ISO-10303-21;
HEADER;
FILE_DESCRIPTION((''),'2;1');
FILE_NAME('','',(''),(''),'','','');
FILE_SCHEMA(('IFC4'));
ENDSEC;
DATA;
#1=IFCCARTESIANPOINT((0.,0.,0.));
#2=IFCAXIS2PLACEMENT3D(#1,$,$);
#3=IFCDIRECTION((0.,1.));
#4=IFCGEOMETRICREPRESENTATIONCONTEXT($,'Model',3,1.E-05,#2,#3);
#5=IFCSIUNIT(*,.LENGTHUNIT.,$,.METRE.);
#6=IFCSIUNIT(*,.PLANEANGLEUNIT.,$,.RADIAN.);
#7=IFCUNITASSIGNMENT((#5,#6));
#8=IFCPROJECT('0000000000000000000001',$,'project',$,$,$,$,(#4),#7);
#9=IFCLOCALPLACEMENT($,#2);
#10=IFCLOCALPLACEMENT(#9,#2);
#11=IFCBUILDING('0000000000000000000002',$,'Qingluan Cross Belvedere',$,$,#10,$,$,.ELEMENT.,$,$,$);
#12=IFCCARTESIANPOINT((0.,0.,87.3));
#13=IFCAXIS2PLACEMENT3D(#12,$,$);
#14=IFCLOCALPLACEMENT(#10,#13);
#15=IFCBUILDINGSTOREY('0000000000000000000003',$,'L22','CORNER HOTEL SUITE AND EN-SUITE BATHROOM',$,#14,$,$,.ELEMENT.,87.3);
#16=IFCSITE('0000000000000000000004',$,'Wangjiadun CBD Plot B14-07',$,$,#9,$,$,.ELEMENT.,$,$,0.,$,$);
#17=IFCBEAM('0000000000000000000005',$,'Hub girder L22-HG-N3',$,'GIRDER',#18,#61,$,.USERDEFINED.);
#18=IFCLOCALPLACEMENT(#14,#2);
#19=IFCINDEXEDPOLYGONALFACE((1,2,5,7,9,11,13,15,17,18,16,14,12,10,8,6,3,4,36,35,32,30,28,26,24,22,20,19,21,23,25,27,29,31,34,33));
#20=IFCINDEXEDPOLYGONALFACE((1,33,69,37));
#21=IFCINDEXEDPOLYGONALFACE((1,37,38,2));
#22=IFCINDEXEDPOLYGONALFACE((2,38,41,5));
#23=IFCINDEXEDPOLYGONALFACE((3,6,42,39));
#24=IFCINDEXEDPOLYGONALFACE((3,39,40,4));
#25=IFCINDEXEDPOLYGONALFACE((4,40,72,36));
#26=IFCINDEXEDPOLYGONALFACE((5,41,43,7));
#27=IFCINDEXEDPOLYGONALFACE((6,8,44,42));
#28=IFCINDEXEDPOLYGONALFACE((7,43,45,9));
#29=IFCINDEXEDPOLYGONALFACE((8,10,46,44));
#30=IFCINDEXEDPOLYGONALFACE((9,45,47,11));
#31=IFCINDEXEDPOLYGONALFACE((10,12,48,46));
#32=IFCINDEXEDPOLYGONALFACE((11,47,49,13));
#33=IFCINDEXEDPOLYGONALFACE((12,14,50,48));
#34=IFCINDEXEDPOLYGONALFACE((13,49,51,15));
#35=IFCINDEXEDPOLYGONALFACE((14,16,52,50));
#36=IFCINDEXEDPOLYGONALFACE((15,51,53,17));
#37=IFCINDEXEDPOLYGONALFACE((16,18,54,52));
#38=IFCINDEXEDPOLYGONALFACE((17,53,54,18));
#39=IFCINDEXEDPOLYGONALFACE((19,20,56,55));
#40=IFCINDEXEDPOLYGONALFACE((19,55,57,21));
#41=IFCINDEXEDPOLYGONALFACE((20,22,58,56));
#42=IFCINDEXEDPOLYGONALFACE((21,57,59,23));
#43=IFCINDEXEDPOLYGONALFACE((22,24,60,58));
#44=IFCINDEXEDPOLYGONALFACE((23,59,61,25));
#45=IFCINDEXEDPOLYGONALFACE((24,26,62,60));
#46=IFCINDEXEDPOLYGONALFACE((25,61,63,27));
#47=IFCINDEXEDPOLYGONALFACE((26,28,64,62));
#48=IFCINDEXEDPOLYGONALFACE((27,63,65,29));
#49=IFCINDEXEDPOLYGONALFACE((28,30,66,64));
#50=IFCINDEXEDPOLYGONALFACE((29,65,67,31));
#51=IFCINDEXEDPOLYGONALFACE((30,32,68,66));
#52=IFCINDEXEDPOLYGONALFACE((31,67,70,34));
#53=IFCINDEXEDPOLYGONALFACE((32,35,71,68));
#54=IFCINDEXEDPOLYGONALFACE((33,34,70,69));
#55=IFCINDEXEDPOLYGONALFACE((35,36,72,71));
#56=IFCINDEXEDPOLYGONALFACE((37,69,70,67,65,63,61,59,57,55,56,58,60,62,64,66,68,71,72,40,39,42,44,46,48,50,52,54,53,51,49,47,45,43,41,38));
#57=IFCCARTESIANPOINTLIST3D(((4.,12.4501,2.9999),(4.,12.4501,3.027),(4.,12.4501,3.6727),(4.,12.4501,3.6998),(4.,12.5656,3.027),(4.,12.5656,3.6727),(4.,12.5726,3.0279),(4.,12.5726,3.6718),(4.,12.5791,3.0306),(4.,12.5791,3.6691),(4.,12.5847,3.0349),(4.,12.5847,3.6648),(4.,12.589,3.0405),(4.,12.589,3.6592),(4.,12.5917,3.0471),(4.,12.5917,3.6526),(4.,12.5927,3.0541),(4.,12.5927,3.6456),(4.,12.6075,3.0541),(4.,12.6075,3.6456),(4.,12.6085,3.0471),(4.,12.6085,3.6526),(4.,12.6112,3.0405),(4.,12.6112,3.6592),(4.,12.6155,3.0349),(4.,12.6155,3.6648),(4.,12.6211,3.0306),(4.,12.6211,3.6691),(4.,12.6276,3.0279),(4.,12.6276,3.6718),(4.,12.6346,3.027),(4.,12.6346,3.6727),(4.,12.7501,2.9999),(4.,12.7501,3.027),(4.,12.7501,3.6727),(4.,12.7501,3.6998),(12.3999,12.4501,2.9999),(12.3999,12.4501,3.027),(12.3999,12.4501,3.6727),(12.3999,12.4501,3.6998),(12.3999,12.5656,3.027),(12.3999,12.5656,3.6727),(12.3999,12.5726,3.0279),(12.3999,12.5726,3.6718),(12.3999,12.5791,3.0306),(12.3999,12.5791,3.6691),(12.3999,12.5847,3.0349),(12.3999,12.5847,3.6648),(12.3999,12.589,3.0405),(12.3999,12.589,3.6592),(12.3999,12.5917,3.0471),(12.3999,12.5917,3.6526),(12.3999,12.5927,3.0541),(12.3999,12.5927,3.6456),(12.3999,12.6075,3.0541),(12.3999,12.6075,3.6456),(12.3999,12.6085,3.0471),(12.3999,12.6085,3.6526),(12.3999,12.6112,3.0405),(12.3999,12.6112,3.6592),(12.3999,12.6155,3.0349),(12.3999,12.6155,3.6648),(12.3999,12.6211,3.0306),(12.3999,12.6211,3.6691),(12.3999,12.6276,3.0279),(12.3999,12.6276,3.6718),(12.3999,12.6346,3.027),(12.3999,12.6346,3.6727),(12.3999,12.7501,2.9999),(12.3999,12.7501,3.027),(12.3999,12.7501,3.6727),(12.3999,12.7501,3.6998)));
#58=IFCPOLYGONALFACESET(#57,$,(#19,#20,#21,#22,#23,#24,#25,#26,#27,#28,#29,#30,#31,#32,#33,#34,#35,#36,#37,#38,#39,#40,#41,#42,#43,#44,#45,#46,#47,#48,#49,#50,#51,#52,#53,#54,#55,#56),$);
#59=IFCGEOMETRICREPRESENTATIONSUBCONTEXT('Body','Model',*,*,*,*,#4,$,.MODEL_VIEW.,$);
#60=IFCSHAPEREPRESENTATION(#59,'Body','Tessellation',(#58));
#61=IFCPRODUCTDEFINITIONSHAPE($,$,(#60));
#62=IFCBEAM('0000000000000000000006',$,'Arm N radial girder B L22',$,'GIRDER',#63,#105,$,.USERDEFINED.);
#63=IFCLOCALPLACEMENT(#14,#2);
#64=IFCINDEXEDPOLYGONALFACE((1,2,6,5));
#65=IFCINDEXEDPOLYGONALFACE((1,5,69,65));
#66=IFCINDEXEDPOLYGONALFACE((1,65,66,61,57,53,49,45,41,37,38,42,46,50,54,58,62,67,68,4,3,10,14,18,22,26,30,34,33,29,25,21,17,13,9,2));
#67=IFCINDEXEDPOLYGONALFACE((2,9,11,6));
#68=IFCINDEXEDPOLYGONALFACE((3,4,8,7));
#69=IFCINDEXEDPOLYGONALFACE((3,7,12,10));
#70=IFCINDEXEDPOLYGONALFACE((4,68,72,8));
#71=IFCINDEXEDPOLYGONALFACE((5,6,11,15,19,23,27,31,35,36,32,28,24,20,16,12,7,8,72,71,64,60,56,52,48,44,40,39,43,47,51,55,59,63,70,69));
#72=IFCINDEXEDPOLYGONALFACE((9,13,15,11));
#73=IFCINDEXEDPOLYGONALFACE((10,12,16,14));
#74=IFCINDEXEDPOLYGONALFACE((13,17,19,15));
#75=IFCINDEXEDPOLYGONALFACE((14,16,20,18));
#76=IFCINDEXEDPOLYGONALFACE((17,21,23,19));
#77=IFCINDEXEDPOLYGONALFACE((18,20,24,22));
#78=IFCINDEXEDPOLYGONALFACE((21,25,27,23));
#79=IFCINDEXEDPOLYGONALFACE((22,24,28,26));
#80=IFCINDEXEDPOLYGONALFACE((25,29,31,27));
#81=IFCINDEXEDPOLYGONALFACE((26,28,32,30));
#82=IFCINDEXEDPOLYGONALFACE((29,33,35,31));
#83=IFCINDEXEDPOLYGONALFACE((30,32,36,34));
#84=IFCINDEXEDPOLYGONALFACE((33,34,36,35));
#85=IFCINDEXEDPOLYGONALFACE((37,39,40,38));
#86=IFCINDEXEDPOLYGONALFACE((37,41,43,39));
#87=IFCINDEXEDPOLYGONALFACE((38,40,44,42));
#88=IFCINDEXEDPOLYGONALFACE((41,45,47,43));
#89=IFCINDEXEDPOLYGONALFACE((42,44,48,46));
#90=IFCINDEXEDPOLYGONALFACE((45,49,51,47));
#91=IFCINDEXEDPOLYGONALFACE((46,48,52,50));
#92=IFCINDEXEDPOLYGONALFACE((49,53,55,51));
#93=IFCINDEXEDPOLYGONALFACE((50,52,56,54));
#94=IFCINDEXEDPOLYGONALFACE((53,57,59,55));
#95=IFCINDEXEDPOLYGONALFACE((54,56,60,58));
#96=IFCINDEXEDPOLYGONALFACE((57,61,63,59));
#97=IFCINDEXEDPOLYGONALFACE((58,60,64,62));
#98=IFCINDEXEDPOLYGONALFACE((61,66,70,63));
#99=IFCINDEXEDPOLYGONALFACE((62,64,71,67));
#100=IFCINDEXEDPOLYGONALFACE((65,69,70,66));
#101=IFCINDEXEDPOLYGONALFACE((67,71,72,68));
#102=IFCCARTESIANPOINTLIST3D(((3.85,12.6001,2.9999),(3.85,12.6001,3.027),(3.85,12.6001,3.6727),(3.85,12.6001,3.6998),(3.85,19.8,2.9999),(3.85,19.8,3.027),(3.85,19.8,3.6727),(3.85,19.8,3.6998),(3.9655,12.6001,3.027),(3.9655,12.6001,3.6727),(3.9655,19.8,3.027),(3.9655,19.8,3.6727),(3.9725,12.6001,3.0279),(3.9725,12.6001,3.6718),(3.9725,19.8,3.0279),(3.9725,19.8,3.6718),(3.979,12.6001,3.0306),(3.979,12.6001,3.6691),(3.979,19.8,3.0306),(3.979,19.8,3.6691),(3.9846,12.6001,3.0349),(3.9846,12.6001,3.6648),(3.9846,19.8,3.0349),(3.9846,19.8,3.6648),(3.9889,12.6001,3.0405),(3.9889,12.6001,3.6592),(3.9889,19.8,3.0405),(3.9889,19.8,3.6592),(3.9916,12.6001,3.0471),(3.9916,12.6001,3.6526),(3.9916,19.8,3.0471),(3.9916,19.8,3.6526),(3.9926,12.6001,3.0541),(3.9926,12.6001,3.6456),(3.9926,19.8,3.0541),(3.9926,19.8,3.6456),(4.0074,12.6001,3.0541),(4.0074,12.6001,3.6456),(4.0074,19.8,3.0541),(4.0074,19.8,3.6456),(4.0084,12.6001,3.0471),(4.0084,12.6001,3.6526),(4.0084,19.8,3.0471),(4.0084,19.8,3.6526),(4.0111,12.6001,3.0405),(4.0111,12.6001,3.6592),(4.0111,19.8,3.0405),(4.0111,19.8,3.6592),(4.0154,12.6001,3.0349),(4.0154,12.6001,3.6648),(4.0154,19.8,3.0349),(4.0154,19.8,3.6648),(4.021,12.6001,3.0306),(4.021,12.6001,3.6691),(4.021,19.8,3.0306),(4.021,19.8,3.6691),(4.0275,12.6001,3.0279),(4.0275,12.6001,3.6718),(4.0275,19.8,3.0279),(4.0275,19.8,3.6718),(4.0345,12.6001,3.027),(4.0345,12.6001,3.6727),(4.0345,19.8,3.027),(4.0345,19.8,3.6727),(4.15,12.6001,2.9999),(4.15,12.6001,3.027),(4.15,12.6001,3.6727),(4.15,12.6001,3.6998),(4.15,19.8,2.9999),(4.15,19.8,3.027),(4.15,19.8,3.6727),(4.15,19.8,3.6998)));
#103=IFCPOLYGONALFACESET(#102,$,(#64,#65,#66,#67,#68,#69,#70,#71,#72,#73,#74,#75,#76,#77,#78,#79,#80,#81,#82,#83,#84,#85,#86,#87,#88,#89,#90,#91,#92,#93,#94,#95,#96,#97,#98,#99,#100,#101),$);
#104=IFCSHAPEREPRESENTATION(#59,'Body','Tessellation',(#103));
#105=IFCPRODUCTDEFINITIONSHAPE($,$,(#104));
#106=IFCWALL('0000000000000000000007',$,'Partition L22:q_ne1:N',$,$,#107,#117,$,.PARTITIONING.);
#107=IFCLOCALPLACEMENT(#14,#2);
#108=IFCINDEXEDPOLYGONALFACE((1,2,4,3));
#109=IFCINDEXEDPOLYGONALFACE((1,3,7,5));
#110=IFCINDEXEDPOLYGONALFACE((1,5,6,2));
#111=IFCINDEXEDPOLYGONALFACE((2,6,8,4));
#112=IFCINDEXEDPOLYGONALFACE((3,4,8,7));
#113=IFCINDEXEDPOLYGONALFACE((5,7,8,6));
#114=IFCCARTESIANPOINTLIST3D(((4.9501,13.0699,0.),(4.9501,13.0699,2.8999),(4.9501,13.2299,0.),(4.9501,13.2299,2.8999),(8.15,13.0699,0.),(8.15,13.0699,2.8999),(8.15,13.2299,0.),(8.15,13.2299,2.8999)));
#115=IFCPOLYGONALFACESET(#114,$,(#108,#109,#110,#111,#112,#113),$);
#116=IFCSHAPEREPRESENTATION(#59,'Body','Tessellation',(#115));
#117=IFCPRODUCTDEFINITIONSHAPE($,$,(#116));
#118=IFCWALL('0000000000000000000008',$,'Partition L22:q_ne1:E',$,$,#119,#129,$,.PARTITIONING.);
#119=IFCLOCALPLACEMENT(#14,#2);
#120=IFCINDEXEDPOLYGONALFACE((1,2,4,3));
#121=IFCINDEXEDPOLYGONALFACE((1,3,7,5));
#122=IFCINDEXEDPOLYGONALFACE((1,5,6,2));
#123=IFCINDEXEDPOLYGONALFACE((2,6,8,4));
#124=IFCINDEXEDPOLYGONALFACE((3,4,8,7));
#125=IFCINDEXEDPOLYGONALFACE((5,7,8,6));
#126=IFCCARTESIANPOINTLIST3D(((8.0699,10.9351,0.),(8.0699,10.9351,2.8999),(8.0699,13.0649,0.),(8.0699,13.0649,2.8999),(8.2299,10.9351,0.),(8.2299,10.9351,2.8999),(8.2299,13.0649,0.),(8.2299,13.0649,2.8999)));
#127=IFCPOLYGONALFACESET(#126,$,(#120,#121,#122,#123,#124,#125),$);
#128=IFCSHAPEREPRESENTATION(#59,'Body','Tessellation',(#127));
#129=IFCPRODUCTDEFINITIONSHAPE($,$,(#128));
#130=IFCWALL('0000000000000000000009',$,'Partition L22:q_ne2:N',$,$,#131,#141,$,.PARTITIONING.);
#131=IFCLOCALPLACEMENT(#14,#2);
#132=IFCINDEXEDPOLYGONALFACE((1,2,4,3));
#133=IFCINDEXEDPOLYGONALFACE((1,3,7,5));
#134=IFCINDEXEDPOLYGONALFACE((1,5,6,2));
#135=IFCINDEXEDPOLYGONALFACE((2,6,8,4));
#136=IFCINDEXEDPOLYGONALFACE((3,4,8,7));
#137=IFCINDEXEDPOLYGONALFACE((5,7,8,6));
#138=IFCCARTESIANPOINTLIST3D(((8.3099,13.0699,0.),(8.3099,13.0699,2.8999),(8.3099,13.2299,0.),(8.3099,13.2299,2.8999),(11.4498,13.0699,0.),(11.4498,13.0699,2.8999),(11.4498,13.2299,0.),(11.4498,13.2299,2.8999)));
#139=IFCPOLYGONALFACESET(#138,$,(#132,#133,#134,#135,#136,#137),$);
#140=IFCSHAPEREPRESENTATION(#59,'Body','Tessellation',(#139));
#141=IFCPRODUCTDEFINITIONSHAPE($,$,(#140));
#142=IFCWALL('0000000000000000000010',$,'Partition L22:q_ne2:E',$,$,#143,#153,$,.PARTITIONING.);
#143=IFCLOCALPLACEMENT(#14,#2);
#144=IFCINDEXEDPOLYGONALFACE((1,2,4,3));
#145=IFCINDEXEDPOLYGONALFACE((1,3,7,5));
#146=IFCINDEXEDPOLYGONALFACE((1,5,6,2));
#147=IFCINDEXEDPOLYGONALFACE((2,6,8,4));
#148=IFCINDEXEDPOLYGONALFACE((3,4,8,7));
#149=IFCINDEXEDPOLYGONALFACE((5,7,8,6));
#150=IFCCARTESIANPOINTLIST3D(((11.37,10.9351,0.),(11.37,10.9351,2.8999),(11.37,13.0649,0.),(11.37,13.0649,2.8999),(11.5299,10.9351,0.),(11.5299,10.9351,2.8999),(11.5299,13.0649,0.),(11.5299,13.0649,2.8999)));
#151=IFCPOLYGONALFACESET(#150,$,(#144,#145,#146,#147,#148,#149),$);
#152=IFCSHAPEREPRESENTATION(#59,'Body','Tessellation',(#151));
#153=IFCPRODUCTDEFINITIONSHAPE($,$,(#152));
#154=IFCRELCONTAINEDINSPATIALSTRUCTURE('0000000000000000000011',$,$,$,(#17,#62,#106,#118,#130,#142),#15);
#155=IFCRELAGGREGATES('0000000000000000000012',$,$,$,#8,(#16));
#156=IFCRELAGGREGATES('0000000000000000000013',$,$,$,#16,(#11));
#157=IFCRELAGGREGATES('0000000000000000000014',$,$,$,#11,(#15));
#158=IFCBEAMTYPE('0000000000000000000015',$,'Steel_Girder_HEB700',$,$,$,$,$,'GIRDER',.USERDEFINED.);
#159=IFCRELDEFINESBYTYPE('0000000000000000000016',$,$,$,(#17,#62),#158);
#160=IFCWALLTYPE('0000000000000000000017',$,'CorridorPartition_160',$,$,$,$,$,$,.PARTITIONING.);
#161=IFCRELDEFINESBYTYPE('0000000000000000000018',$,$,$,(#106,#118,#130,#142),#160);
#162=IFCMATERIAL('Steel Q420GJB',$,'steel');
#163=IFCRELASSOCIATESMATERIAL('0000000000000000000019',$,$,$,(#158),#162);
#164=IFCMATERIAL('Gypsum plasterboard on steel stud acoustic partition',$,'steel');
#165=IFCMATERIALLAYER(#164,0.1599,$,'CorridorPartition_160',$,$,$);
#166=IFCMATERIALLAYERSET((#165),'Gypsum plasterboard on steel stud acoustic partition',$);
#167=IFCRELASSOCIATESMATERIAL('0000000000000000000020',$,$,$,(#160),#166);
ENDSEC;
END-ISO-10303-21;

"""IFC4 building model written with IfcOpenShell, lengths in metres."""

from ifc_helpers import new_model, si_unit, direction, frame, frame_2d, origin, origin_2d, place, context, subcontext, project, spatial, rectangle, i_section, extrude, material, layer, layer_set, material_profile, profile_set, type_object, element, save


model = new_model("IFC4")

# Units and contexts
model_context = context("Model", 3, precision=1e-05, world=origin(), true_north=direction((0.0, 1.0)))
body_context = subcontext(model_context, "Body", "Model", "MODEL_VIEW")
ifc_project = project(units=[si_unit("LENGTHUNIT", "METRE"), si_unit("PLANEANGLEUNIT", "RADIAN")], contexts=[model_context])

# Site, building, storey
site_placement = place(None, origin())
site = spatial("IfcSite", under=ifc_project, at=site_placement, Name="Wangjiadun CBD Plot B14-07", CompositionType="ELEMENT", RefElevation=0.0)
building_placement = place(site_placement, origin())
building = spatial("IfcBuilding", under=site, at=building_placement, Name="Qingluan Cross Belvedere", CompositionType="ELEMENT")
storey_placement = place(building_placement, frame((0.0, 0.0, 87.3)))
storey = spatial("IfcBuildingStorey", under=building, at=storey_placement, Name="L22", Description="CORNER HOTEL SUITE AND EN-SUITE BATHROOM", CompositionType="ELEMENT", Elevation=87.3)

# Beams
ifc_material_1 = material(Name="Steel Q420GJB", Category="steel")
ifc_material_profile_1 = material_profile(ifc_material_1, i_section(OverallWidth=0.3, OverallDepth=0.7, WebThickness=0.0149, FlangeThickness=0.0271, FilletRadius=0.0271, at=origin_2d()), Name="HEB700")
ifc_profile_set_1 = profile_set([ifc_material_profile_1], Name="Steel Q420GJB")
beam_type_1 = type_object("IfcBeamType", Name="Steel_Girder_HEB700", ElementType="GIRDER", PredefinedType="USERDEFINED", material=ifc_profile_set_1)
beam_1_placement = place(storey_placement, frame((4.0, 12.6001, 3.3499), z_axis=(1.0, 0.0, 0.0), x_axis=(0.0, 1.0, 0.0)))
element("IfcBeam", 1, at=beam_1_placement, inside=storey, type_object=beam_type_1, Name="Hub girder L22-HG-N3", ObjectType="GIRDER", PredefinedType="USERDEFINED", context=body_context, shape_type="SweptSolid", body=[
    extrude(i_section(OverallWidth=0.3, OverallDepth=0.7, WebThickness=0.0149, FlangeThickness=0.0271, FilletRadius=0.0271, at=origin_2d()), origin(), (0.0, 0.0, 1.0), 8.3999),
])
beam_2_placement = place(storey_placement, frame((4.0, 12.6001, 3.3499), z_axis=(0.0, 1.0, 0.0), x_axis=(-1.0, 0.0, 0.0)))
element("IfcBeam", 2, at=beam_2_placement, inside=storey, type_object=beam_type_1, Name="Arm N radial girder B L22", ObjectType="GIRDER", PredefinedType="USERDEFINED", context=body_context, shape_type="SweptSolid", body=[
    extrude(i_section(OverallWidth=0.3, OverallDepth=0.7, WebThickness=0.0149, FlangeThickness=0.0271, FilletRadius=0.0271, at=origin_2d()), origin(), (0.0, 0.0, 1.0), 7.2),
])

# Walls
ifc_material_2 = material(Name="Gypsum plasterboard on steel stud acoustic partition", Category="steel")
ifc_layer_1 = layer(ifc_material_2, 0.1599, Name="CorridorPartition_160")
ifc_layer_set_1 = layer_set([ifc_layer_1], Name="Gypsum plasterboard on steel stud acoustic partition")
wall_type_1 = type_object("IfcWallType", Name="CorridorPartition_160", PredefinedType="PARTITIONING", material=ifc_layer_set_1)
wall_1_placement = place(storey_placement, frame((4.95, 13.1499, 0.0), z_axis=(0.0, 0.0, 1.0), x_axis=(1.0, 0.0, 0.0)))
element("IfcWall", 3, at=wall_1_placement, inside=storey, type_object=wall_type_1, Name="Partition L22:q_ne1:N", PredefinedType="PARTITIONING", context=body_context, shape_type="SweptSolid", body=[
    extrude(rectangle(XDim=3.2, YDim=0.1599, at=frame_2d((1.6001, 0.0))), origin(), (0.0, 0.0, 1.0), 2.8999),
])
wall_2_placement = place(storey_placement, frame((8.1499, 10.9351, 0.0), z_axis=(0.0, 0.0, 1.0), x_axis=(0.0, 1.0, 0.0)))
element("IfcWall", 4, at=wall_2_placement, inside=storey, type_object=wall_type_1, Name="Partition L22:q_ne1:E", PredefinedType="PARTITIONING", context=body_context, shape_type="SweptSolid", body=[
    extrude(rectangle(XDim=2.1299, YDim=0.1599, at=frame_2d((1.0649, 0.0))), origin(), (0.0, 0.0, 1.0), 2.8999),
])
wall_3_placement = place(storey_placement, frame((8.3101, 13.1499, 0.0), z_axis=(0.0, 0.0, 1.0), x_axis=(1.0, 0.0, 0.0)))
element("IfcWall", 5, at=wall_3_placement, inside=storey, type_object=wall_type_1, Name="Partition L22:q_ne2:N", PredefinedType="PARTITIONING", context=body_context, shape_type="SweptSolid", body=[
    extrude(rectangle(XDim=3.1399, YDim=0.1599, at=frame_2d((1.5698, 0.0))), origin(), (0.0, 0.0, 1.0), 2.8999),
])
wall_4_placement = place(storey_placement, frame((11.45, 10.9351, 0.0), z_axis=(0.0, 0.0, 1.0), x_axis=(0.0, 1.0, 0.0)))
element("IfcWall", 6, at=wall_4_placement, inside=storey, type_object=wall_type_1, Name="Partition L22:q_ne2:E", PredefinedType="PARTITIONING", context=body_context, shape_type="SweptSolid", body=[
    extrude(rectangle(XDim=2.1299, YDim=0.1599, at=frame_2d((1.0649, 0.0))), origin(), (0.0, 0.0, 1.0), 2.8999),
])

save(model, "model.ifc")
